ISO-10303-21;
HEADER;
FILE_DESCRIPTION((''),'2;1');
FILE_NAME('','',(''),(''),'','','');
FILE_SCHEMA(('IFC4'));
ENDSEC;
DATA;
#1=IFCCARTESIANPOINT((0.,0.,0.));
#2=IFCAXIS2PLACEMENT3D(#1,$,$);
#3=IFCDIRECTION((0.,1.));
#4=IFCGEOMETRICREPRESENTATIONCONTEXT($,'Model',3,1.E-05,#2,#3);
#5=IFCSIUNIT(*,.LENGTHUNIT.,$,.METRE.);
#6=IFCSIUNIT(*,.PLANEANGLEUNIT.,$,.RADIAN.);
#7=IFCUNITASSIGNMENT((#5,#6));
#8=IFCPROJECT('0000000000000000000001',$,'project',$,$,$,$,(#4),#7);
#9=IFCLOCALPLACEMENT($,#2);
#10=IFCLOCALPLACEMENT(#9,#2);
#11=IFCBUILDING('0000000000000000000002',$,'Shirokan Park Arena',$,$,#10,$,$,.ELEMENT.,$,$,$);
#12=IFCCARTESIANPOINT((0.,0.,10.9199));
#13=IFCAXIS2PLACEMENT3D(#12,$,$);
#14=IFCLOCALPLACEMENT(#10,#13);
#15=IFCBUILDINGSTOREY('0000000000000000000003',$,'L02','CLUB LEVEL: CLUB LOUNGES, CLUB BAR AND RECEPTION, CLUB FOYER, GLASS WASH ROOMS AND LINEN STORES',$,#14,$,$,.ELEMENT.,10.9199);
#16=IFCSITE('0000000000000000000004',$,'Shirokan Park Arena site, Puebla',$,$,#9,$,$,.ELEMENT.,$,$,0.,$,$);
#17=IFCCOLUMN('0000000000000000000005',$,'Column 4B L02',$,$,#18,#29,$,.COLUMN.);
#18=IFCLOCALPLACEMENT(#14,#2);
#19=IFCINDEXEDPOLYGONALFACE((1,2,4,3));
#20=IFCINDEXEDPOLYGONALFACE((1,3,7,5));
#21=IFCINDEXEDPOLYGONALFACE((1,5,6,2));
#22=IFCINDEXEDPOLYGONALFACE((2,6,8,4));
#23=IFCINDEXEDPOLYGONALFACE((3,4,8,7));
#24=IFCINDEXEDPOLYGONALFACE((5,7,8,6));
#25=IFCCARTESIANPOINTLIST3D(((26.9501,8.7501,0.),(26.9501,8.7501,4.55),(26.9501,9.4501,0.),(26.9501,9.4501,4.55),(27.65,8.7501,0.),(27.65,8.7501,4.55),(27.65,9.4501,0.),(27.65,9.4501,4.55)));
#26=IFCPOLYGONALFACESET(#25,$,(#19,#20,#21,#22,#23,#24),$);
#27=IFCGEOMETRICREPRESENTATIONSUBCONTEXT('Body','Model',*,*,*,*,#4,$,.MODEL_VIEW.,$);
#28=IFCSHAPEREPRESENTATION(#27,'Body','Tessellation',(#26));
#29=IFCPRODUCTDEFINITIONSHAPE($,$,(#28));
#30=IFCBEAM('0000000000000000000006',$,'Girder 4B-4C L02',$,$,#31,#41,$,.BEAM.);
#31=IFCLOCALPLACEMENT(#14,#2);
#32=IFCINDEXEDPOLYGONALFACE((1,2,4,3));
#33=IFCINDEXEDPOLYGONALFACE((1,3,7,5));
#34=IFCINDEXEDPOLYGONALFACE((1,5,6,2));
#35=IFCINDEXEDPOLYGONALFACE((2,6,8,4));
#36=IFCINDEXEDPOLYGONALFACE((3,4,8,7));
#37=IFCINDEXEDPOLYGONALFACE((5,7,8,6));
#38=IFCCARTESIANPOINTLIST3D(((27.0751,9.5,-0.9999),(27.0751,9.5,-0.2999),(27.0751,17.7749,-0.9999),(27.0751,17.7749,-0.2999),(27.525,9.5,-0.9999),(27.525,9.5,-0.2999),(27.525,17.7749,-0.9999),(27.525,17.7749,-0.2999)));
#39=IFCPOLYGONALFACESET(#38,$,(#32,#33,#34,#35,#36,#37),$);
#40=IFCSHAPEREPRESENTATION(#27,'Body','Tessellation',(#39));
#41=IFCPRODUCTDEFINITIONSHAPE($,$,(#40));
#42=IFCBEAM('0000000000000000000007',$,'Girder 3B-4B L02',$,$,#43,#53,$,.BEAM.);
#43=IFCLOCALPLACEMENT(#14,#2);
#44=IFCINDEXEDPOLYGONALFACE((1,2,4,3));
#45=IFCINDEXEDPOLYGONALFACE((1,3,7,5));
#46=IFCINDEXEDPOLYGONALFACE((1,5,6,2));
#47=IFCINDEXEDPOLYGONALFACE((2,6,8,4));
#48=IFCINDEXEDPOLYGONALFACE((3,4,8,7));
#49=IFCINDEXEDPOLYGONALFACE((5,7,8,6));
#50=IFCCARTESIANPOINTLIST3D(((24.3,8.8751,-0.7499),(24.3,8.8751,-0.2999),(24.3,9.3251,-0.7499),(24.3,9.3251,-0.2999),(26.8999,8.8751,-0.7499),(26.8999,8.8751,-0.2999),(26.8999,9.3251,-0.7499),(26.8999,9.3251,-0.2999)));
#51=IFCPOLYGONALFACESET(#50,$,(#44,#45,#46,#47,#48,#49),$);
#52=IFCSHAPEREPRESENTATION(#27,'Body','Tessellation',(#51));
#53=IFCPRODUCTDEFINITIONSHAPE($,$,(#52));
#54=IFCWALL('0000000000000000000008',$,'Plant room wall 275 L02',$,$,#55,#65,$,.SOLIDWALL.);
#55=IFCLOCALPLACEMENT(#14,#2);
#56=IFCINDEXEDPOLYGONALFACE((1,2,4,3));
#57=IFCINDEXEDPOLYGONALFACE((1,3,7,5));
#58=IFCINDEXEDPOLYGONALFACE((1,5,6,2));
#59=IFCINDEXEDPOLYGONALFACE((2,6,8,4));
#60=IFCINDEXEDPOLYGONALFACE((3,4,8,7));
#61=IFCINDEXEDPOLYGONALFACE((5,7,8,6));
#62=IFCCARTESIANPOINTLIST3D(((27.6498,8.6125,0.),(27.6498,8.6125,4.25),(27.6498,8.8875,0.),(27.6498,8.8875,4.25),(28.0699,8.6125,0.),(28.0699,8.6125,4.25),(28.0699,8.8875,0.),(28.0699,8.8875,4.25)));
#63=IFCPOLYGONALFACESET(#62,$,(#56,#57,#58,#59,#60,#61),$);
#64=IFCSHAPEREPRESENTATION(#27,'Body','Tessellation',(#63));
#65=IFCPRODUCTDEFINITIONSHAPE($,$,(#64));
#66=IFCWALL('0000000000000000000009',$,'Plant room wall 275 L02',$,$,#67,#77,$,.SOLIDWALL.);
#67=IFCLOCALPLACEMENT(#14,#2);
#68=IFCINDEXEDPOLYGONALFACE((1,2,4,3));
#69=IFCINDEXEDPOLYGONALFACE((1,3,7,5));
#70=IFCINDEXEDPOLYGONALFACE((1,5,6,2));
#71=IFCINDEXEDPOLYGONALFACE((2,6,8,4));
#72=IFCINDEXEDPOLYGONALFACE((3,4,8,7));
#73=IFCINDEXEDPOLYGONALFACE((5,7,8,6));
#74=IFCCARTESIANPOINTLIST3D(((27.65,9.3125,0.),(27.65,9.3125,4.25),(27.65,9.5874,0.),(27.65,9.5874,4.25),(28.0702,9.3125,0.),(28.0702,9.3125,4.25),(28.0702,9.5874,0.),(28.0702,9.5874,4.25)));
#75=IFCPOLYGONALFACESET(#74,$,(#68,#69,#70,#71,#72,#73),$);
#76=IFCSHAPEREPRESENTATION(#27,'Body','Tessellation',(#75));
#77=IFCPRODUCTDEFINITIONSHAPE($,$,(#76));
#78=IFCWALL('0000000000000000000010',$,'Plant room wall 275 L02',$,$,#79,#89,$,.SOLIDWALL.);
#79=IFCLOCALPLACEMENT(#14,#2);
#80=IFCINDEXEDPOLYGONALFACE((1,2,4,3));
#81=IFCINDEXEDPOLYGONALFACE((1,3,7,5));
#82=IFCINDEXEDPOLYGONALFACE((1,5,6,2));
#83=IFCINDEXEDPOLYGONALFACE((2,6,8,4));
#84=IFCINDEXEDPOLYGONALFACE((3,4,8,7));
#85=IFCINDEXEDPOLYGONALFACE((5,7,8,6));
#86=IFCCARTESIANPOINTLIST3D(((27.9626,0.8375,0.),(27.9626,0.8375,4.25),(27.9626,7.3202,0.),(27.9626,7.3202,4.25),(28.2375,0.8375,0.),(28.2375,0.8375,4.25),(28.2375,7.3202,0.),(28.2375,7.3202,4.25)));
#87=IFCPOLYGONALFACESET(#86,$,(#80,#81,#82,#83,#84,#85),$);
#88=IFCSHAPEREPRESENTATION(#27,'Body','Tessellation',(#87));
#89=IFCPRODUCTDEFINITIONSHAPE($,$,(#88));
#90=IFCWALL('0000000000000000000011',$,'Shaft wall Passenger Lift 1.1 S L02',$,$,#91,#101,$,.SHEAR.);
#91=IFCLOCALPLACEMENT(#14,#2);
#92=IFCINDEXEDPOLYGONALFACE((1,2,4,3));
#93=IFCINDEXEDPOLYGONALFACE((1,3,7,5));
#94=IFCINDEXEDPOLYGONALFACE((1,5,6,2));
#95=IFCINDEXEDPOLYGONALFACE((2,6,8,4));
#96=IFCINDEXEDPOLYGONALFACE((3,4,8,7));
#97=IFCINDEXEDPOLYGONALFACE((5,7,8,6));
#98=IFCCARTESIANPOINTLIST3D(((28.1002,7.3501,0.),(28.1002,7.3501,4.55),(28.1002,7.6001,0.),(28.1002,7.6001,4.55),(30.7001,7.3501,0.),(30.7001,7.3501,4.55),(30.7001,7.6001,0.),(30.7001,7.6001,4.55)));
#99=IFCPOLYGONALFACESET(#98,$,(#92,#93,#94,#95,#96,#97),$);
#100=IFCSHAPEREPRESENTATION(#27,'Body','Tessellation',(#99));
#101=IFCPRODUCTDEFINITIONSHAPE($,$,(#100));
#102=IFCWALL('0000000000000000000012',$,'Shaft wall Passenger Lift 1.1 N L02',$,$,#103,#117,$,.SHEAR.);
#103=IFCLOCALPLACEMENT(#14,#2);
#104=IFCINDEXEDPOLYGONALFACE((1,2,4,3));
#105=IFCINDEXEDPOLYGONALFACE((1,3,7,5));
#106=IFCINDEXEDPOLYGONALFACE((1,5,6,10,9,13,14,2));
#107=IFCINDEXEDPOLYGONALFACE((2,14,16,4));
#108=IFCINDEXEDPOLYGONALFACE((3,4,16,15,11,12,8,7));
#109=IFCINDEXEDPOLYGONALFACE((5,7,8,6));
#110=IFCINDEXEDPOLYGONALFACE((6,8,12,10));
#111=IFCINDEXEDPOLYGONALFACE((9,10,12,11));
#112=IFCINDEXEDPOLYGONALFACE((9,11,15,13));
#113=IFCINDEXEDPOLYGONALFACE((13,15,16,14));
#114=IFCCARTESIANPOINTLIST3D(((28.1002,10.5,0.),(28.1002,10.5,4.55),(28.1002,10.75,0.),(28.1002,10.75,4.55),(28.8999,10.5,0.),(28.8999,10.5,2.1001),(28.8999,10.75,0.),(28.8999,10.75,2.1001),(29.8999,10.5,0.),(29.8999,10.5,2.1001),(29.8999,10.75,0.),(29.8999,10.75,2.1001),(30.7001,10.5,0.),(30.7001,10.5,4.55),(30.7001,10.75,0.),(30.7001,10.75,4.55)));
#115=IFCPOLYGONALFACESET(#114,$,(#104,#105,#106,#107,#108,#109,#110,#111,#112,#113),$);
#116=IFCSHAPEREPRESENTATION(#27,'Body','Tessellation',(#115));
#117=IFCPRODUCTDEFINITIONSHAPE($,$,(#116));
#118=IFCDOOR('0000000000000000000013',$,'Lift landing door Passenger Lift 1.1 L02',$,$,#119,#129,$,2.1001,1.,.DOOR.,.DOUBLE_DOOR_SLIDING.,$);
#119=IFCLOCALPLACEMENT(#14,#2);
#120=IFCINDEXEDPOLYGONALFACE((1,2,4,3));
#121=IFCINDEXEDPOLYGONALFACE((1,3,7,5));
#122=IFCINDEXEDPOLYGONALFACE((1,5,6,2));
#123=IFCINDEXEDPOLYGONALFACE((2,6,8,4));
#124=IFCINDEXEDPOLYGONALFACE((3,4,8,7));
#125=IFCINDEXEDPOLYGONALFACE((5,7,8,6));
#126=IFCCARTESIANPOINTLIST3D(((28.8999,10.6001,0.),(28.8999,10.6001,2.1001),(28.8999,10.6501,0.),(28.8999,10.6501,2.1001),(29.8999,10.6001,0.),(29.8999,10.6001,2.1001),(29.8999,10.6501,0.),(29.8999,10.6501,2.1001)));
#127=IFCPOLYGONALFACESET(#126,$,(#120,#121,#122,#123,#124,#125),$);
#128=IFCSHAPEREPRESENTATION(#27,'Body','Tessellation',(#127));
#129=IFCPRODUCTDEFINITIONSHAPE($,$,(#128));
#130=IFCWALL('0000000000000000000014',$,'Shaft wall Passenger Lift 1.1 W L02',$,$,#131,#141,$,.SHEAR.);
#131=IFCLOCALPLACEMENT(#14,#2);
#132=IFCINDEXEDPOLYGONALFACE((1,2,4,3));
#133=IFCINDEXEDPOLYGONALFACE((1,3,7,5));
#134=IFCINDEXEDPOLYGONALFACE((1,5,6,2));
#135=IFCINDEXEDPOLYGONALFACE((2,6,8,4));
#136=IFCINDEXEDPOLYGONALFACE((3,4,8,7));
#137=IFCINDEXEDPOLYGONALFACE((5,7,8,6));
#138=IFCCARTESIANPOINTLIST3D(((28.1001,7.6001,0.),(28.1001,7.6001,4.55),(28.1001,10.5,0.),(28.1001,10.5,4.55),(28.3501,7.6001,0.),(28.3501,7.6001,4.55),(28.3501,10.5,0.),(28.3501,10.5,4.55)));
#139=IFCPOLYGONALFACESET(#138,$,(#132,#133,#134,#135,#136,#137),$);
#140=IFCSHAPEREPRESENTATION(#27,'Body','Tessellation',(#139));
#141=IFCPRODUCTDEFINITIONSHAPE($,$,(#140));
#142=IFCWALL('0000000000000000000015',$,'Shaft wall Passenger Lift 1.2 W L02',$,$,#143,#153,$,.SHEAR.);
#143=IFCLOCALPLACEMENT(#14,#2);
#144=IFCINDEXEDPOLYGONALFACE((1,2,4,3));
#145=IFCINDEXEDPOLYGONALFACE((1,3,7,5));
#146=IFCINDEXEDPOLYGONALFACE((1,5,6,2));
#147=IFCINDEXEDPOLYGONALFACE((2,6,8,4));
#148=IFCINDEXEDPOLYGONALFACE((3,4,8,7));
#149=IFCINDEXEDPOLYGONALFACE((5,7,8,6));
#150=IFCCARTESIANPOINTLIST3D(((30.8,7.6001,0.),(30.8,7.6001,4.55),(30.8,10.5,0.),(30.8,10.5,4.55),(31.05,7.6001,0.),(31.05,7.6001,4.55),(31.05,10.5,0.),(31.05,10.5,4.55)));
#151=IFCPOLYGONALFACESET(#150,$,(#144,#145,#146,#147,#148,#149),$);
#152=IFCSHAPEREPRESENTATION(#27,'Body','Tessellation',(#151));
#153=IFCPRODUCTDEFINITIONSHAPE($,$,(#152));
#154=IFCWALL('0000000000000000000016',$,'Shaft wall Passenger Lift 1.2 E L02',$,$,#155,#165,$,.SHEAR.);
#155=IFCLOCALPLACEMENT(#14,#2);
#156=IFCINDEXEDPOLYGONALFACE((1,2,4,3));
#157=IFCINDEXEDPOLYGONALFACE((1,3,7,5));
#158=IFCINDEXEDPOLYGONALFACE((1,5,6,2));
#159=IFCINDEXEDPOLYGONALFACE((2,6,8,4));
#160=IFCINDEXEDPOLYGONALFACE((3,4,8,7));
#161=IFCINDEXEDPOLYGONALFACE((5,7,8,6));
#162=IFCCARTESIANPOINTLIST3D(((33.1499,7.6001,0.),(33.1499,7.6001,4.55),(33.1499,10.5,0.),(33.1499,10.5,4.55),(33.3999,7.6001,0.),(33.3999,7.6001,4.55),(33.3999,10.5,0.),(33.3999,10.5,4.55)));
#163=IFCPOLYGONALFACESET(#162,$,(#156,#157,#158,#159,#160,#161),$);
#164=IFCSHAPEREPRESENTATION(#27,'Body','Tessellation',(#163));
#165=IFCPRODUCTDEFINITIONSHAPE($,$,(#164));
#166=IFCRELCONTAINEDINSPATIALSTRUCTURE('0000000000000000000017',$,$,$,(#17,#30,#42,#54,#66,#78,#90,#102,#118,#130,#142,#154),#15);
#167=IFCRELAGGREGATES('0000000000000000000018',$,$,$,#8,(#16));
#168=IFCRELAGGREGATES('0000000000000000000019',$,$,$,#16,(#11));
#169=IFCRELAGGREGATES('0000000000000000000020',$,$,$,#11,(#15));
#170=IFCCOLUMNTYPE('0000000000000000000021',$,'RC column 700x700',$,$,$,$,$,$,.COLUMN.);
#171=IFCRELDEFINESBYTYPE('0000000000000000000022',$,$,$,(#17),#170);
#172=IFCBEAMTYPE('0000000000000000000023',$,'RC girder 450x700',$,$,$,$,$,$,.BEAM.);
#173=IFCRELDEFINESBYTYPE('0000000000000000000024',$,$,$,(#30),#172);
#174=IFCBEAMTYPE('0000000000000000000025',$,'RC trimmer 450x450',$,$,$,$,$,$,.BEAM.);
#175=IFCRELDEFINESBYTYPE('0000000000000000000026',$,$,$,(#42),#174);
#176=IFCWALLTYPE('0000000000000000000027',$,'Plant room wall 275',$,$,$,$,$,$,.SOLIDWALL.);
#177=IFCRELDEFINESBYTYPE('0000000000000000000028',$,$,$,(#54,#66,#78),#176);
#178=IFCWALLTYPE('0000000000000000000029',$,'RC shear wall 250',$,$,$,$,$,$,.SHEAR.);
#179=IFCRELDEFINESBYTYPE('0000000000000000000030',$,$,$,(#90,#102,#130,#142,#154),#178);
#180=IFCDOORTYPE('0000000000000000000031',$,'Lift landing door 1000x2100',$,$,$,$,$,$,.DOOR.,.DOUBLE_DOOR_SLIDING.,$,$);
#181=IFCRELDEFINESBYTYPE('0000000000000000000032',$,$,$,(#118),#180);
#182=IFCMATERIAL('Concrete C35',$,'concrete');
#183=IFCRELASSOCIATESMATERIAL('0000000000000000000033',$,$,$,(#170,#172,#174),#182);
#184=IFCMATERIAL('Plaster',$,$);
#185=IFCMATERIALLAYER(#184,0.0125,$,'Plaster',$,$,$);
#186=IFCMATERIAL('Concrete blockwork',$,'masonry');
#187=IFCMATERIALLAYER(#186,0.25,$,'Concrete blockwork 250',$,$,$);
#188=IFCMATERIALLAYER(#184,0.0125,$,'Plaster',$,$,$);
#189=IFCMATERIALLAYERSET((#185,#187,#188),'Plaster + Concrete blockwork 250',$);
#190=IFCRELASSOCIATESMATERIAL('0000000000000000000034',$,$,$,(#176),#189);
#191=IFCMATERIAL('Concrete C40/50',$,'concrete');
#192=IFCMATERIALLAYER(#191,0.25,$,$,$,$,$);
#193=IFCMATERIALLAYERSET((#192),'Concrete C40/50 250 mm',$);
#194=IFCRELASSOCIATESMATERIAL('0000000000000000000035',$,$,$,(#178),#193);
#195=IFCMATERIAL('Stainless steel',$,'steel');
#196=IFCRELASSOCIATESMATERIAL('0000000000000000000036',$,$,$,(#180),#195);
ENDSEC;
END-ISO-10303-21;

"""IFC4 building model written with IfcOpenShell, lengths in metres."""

from ifc_helpers import new_model, si_unit, direction, frame, frame_2d, origin, origin_2d, place, context, subcontext, project, spatial, rectangle, extrude, material, layer, layer_set, material_profile, profile_set, type_object, element, fill, save


model = new_model("IFC4")

# Units and contexts
model_context = context("Model", 3, precision=1e-05, world=origin(), true_north=direction((0.0, 1.0)))
body_context = subcontext(model_context, "Body", "Model", "MODEL_VIEW")
ifc_project = project(units=[si_unit("LENGTHUNIT", "METRE"), si_unit("PLANEANGLEUNIT", "RADIAN")], contexts=[model_context])

# Site, building, storey
site_placement = place(None, origin())
site = spatial("IfcSite", under=ifc_project, at=site_placement, Name="Shirokan Park Arena site, Puebla", CompositionType="ELEMENT", RefElevation=0.0)
building_placement = place(site_placement, origin())
building = spatial("IfcBuilding", under=site, at=building_placement, Name="Shirokan Park Arena", CompositionType="ELEMENT")
storey_placement = place(building_placement, frame((0.0, 0.0, 10.9199)))
storey = spatial("IfcBuildingStorey", under=building, at=storey_placement, Name="L02", Description="CLUB LEVEL: CLUB LOUNGES, CLUB BAR AND RECEPTION, CLUB FOYER, GLASS WASH ROOMS AND LINEN STORES", CompositionType="ELEMENT", Elevation=10.9199)

# Column
ifc_material_1 = material(Name="Concrete C35", Category="concrete")
ifc_material_profile_1 = material_profile(ifc_material_1, rectangle(XDim=0.7, YDim=0.7, at=origin_2d()), Name="700x700")
ifc_profile_set_1 = profile_set([ifc_material_profile_1], Name="Concrete C35")
column_type = type_object("IfcColumnType", Name="RC column 700x700", PredefinedType="COLUMN", material=ifc_profile_set_1)
column_placement = place(storey_placement, frame((27.3, 9.1001, 0.0), z_axis=(0.0, 0.0, 1.0), x_axis=(1.0, 0.0, 0.0)))
element("IfcColumn", 1, at=column_placement, inside=storey, type_object=column_type, Name="Column 4B L02", PredefinedType="COLUMN", context=body_context, shape_type="SweptSolid", body=[
    extrude(rectangle(XDim=0.7, YDim=0.7, at=origin_2d()), origin(), (0.0, 0.0, 1.0), 4.55),
])

# Beams
ifc_material_profile_2 = material_profile(ifc_material_1, rectangle(XDim=0.45, YDim=0.7, at=origin_2d()), Name="450x700")
ifc_profile_set_2 = profile_set([ifc_material_profile_2], Name="Concrete C35")
beam_type_1 = type_object("IfcBeamType", Name="RC girder 450x700", PredefinedType="BEAM", material=ifc_profile_set_2)
beam_1_placement = place(storey_placement, frame((27.3, 9.5, -0.6499), z_axis=(0.0, 1.0, 0.0), x_axis=(-1.0, 0.0, 0.0)))
element("IfcBeam", 2, at=beam_1_placement, inside=storey, type_object=beam_type_1, Name="Girder 4B-4C L02", PredefinedType="BEAM", context=body_context, shape_type="SweptSolid", body=[
    extrude(rectangle(XDim=0.45, YDim=0.7, at=origin_2d()), origin(), (0.0, 0.0, 1.0), 8.2749),
])
ifc_material_profile_3 = material_profile(ifc_material_1, rectangle(XDim=0.45, YDim=0.45, at=origin_2d()), Name="450x450")
ifc_profile_set_3 = profile_set([ifc_material_profile_3], Name="Concrete C35")
beam_type_2 = type_object("IfcBeamType", Name="RC trimmer 450x450", PredefinedType="BEAM", material=ifc_profile_set_3)
beam_2_placement = place(storey_placement, frame((24.3, 9.1001, -0.5249), z_axis=(1.0, 0.0, 0.0), x_axis=(0.0, 1.0, 0.0)))
element("IfcBeam", 3, at=beam_2_placement, inside=storey, type_object=beam_type_2, Name="Girder 3B-4B L02", PredefinedType="BEAM", context=body_context, shape_type="SweptSolid", body=[
    extrude(rectangle(XDim=0.45, YDim=0.45, at=origin_2d()), origin(), (0.0, 0.0, 1.0), 2.5999),
])

# Walls
ifc_material_2 = material(Name="Plaster")
ifc_layer_1 = layer(ifc_material_2, 0.0125, Name="Plaster")
ifc_material_3 = material(Name="Concrete blockwork", Category="masonry")
ifc_layer_2 = layer(ifc_material_3, 0.25, Name="Concrete blockwork 250")
ifc_layer_3 = layer(ifc_material_2, 0.0125, Name="Plaster")
ifc_layer_set_1 = layer_set([ifc_layer_1, ifc_layer_2, ifc_layer_3], Name="Plaster + Concrete blockwork 250")
wall_type_1 = type_object("IfcWallType", Name="Plant room wall 275", PredefinedType="SOLIDWALL", material=ifc_layer_set_1)
for number, where, z_axis, x_axis, name in (
    (4, (27.6499, 8.75, 0.0), (0.0, 0.0, 1.0), (1.0, 0.0, 0.0), "Plant room wall 275 L02"),
    (5, (28.0701, 9.45, 0.0), (0.0, 0.0, 1.0), (-1.0, 0.0, 0.0), "Plant room wall 275 L02"),
):
    element("IfcWall", number, at=place(storey_placement, frame(where, z_axis=z_axis, x_axis=x_axis)), inside=storey, type_object=wall_type_1, Name=name, PredefinedType="SOLIDWALL", context=body_context, shape_type="SweptSolid", body=[
        extrude(rectangle(XDim=0.4202, YDim=0.2749, at=frame_2d((0.21, 0.0))), origin(), (0.0, 0.0, 1.0), 4.25),
    ])
wall_1_placement = place(storey_placement, frame((28.1001, 7.3201, 0.0), z_axis=(0.0, 0.0, 1.0), x_axis=(0.0, -1.0, 0.0)))
element("IfcWall", 6, at=wall_1_placement, inside=storey, type_object=wall_type_1, Name="Plant room wall 275 L02", PredefinedType="SOLIDWALL", context=body_context, shape_type="SweptSolid", body=[
    extrude(rectangle(XDim=6.4827, YDim=0.2749, at=frame_2d((3.2412, 0.0))), origin(), (0.0, 0.0, 1.0), 4.25),
])

# Wall
ifc_material_4 = material(Name="Concrete C40/50", Category="concrete")
ifc_layer_4 = layer(ifc_material_4, 0.25)
ifc_layer_set_2 = layer_set([ifc_layer_4], Name="Concrete C40/50 250 mm")
wall_type_2 = type_object("IfcWallType", Name="RC shear wall 250", PredefinedType="SHEAR", material=ifc_layer_set_2)
wall_2_placement = place(storey_placement, frame((30.7, 7.4751, 0.0), z_axis=(0.0, 0.0, 1.0), x_axis=(-1.0, 0.0, 0.0)))
element("IfcWall", 7, at=wall_2_placement, inside=storey, type_object=wall_type_2, Name="Shaft wall Passenger Lift 1.1 S L02", PredefinedType="SHEAR", context=body_context, shape_type="SweptSolid", body=[
    extrude(rectangle(XDim=2.5999, YDim=0.25, at=frame_2d((1.2998, 0.0))), origin(), (0.0, 0.0, 1.0), 4.55),
])

# Wall, opening, door
wall_3_placement = place(storey_placement, frame((30.7, 10.625, 0.0), z_axis=(0.0, 0.0, 1.0), x_axis=(-1.0, 0.0, 0.0)))
wall_3 = element("IfcWall", 8, at=wall_3_placement, inside=storey, type_object=wall_type_2, Name="Shaft wall Passenger Lift 1.1 N L02", PredefinedType="SHEAR", context=body_context, shape_type="SweptSolid", body=[
    extrude(rectangle(XDim=2.5999, YDim=0.25, at=frame_2d((1.2998, 0.0))), origin(), (0.0, 0.0, 1.0), 4.55),
])
opening_1_placement = place(wall_3_placement, frame((0.8, 0.0, 0.0)))
opening_1 = element("IfcOpeningElement", 9, at=opening_1_placement, cuts=wall_3, PredefinedType="OPENING", context=body_context, shape_type="SweptSolid", body=[
    extrude(rectangle(XDim=1.0, YDim=2.1001, at=frame_2d((0.5, 1.05))), frame((0.0, 0.135, 0.0), z_axis=(0.0, -1.0, 0.0), x_axis=(1.0, 0.0, 0.0)), (0.0, 0.0, 1.0), 0.27),
])
ifc_material_5 = material(Name="Stainless steel", Category="steel")
door_type_1 = type_object("IfcDoorType", Name="Lift landing door 1000x2100", OperationType="DOUBLE_DOOR_SLIDING", PredefinedType="DOOR", material=ifc_material_5)
door_1_placement = place(opening_1_placement, origin())
door_1 = element("IfcDoor", 10, at=door_1_placement, inside=storey, type_object=door_type_1, Name="Lift landing door Passenger Lift 1.1 L02", OperationType="DOUBLE_DOOR_SLIDING", OverallHeight=2.1001, OverallWidth=1.0, PredefinedType="DOOR", context=body_context, shape_type="SweptSolid", body=[
    extrude(rectangle(XDim=1.0, YDim=2.1001, at=frame_2d((0.5, 1.05))), frame((0.0, 0.0249, 0.0), z_axis=(0.0, -1.0, 0.0), x_axis=(1.0, 0.0, 0.0)), (0.0, 0.0, 1.0), 0.05),
])
fill(opening_1, door_1)

# Walls
for number, where, z_axis, x_axis, name in (
    (11, (28.2251, 10.5, 0.0), (0.0, 0.0, 1.0), (0.0, -1.0, 0.0), "Shaft wall Passenger Lift 1.1 W L02"),
    (12, (30.925, 10.5, 0.0), (0.0, 0.0, 1.0), (0.0, -1.0, 0.0), "Shaft wall Passenger Lift 1.2 W L02"),
    (13, (33.2749, 10.5, 0.0), (0.0, 0.0, 1.0), (0.0, -1.0, 0.0), "Shaft wall Passenger Lift 1.2 E L02"),
):
    element("IfcWall", number, at=place(storey_placement, frame(where, z_axis=z_axis, x_axis=x_axis)), inside=storey, type_object=wall_type_2, Name=name, PredefinedType="SHEAR", context=body_context, shape_type="SweptSolid", body=[
        extrude(rectangle(XDim=2.8999, YDim=0.25, at=frame_2d((1.45, 0.0))), origin(), (0.0, 0.0, 1.0), 4.55),
    ])

save(model, "model.ifc")
